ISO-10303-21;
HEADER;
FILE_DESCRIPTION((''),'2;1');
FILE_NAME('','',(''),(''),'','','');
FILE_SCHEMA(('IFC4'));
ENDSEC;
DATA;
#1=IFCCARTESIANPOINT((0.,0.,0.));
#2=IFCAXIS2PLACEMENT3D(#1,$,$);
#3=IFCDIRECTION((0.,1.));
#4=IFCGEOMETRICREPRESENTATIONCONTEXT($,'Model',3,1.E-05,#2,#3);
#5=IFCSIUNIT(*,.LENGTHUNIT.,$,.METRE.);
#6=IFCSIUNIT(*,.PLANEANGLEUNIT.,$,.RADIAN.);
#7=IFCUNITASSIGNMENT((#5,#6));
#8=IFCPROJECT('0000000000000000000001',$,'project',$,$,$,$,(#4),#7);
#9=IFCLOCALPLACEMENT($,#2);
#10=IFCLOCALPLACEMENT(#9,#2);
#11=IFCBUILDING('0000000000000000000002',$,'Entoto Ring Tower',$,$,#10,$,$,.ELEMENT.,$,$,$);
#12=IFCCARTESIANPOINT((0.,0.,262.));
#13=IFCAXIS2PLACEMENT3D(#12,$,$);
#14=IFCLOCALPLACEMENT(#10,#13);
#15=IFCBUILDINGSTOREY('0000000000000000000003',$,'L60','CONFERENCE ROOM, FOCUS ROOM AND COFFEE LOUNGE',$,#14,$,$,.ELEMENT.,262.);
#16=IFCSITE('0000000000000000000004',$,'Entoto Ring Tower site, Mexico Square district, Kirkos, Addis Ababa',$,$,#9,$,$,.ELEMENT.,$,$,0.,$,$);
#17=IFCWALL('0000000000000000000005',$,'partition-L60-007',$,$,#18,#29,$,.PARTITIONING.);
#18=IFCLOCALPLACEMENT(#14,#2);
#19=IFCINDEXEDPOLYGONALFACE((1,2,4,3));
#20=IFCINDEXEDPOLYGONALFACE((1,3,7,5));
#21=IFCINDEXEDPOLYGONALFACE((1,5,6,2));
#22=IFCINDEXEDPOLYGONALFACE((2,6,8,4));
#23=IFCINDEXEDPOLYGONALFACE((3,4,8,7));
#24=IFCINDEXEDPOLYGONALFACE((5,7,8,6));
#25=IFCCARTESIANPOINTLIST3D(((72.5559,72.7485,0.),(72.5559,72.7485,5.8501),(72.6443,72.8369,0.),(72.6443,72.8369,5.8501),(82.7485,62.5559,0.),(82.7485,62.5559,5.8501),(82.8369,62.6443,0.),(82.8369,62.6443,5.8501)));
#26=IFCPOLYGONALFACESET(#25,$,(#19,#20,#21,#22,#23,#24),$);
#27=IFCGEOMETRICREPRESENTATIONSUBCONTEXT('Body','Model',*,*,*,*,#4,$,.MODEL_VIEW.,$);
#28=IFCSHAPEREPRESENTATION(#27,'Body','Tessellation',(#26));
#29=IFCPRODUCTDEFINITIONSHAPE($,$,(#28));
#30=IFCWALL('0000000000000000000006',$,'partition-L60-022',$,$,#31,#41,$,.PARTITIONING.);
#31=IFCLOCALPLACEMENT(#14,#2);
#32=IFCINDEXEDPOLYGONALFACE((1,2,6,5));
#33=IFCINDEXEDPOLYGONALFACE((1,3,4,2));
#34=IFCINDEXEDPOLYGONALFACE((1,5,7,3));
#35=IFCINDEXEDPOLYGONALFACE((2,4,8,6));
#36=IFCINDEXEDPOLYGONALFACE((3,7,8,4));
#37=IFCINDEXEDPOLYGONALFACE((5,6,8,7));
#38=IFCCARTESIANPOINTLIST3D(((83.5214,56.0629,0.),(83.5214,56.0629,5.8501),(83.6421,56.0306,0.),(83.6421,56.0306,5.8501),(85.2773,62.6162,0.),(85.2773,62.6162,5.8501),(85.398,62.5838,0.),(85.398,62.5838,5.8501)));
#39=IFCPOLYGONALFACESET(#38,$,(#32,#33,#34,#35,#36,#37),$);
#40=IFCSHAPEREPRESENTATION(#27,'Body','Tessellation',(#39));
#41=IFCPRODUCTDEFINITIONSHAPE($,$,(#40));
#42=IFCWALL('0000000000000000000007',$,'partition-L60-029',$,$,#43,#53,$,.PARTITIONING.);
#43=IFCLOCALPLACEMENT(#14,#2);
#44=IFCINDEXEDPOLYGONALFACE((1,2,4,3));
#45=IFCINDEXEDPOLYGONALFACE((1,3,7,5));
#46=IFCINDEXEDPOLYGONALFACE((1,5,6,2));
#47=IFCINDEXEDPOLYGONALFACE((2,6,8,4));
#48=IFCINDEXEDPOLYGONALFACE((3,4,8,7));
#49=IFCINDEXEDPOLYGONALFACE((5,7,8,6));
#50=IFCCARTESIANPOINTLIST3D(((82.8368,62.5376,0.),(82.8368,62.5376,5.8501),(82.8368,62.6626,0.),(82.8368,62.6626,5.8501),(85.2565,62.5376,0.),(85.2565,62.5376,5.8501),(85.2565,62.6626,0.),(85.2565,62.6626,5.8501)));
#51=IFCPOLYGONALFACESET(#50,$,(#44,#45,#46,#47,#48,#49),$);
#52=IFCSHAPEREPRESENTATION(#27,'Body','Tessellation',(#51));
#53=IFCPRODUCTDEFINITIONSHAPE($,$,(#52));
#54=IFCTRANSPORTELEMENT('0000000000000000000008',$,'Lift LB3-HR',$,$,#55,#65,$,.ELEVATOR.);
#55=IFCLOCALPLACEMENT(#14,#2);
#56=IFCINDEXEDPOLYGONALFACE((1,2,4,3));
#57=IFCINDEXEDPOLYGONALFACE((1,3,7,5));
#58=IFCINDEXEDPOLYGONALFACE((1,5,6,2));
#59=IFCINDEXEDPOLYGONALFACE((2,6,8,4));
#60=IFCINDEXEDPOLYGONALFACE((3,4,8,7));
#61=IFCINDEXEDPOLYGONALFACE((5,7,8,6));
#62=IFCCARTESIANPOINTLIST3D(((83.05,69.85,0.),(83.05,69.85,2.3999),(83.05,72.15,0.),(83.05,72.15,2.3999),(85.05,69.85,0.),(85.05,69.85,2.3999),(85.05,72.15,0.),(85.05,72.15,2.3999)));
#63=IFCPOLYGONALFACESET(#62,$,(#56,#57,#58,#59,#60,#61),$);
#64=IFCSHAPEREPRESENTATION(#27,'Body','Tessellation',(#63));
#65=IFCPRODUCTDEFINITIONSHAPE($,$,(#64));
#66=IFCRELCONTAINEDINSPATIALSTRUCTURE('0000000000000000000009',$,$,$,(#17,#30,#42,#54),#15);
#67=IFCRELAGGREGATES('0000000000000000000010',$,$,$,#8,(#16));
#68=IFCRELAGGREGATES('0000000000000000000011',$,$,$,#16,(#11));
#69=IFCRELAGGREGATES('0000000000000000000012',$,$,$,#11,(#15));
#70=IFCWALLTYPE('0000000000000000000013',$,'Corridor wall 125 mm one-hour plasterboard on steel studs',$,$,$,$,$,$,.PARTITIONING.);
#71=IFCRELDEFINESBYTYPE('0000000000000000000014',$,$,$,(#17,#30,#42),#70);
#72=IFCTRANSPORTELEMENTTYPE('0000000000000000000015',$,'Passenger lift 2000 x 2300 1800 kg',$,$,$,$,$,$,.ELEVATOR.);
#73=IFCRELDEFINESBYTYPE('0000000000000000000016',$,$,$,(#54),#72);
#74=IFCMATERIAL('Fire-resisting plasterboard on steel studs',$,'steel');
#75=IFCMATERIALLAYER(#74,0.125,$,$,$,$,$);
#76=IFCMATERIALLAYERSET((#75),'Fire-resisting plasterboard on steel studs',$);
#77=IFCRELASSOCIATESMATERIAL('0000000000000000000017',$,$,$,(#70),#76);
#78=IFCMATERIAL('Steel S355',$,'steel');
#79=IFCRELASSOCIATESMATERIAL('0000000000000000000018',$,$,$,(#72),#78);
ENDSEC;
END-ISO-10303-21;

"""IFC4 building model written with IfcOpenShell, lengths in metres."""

from ifc_helpers import new_model, si_unit, direction, frame, frame_2d, origin, origin_2d, place, context, subcontext, project, spatial, rectangle, extrude, material, layer, layer_set, type_object, element, save


model = new_model("IFC4")

# Units and contexts
model_context = context("Model", 3, precision=1e-05, world=origin(), true_north=direction((0.0, 1.0)))
body_context = subcontext(model_context, "Body", "Model", "MODEL_VIEW")
ifc_project = project(units=[si_unit("LENGTHUNIT", "METRE"), si_unit("PLANEANGLEUNIT", "RADIAN")], contexts=[model_context])

# Site, building, storey
site_placement = place(None, origin())
site = spatial("IfcSite", under=ifc_project, at=site_placement, Name="Entoto Ring Tower site, Mexico Square district, Kirkos, Addis Ababa", CompositionType="ELEMENT", RefElevation=0.0)
building_placement = place(site_placement, origin())
building = spatial("IfcBuilding", under=site, at=building_placement, Name="Entoto Ring Tower", CompositionType="ELEMENT")
storey_placement = place(building_placement, frame((0.0, 0.0, 262.0)))
storey = spatial("IfcBuildingStorey", under=building, at=storey_placement, Name="L60", Description="CONFERENCE ROOM, FOCUS ROOM AND COFFEE LOUNGE", CompositionType="ELEMENT", Elevation=262.0)

# Shared definitions
ifc_material_1 = material(Name="Fire-resisting plasterboard on steel studs", Category="steel")
ifc_layer_1 = layer(ifc_material_1, 0.125)
ifc_layer_set_1 = layer_set([ifc_layer_1], Name="Fire-resisting plasterboard on steel studs")
wall_type_1 = type_object("IfcWallType", Name="Corridor wall 125 mm one-hour plasterboard on steel studs", PredefinedType="PARTITIONING", material=ifc_layer_set_1)

# Walls
wall_1_placement = place(storey_placement, frame((82.7927, 62.6001, 0.0), z_axis=(0.0, 0.0, 1.0), x_axis=(-0.707107, 0.707107, 0.0)))
element("IfcWall", 1, at=wall_1_placement, inside=storey, type_object=wall_type_1, Name="partition-L60-007", PredefinedType="PARTITIONING", context=body_context, shape_type="SweptSolid", body=[
    extrude(rectangle(XDim=14.4146, YDim=0.125, at=frame_2d((7.2073, 0.0))), origin(), (0.0, 0.0, 1.0), 5.8501),
])
wall_2_placement = place(storey_placement, frame((83.5818, 56.0469, 0.0), z_axis=(0.0, 0.0, 1.0), x_axis=(0.258809, 0.965928, 0.0)))
element("IfcWall", 2, at=wall_2_placement, inside=storey, type_object=wall_type_1, Name="partition-L60-022", PredefinedType="PARTITIONING", context=body_context, shape_type="SweptSolid", body=[
    extrude(rectangle(XDim=6.7844, YDim=0.125, at=frame_2d((3.3921, 0.0))), origin(), (0.0, 0.0, 1.0), 5.8501),
])
wall_3_placement = place(storey_placement, frame((82.8367, 62.6001, 0.0), z_axis=(0.0, 0.0, 1.0), x_axis=(1.0, 0.0, 0.0)))
element("IfcWall", 3, at=wall_3_placement, inside=storey, type_object=wall_type_1, Name="partition-L60-029", PredefinedType="PARTITIONING", context=body_context, shape_type="SweptSolid", body=[
    extrude(rectangle(XDim=2.4197, YDim=0.125, at=frame_2d((1.21, 0.0))), origin(), (0.0, 0.0, 1.0), 5.8501),
])

# Transport element
ifc_material_2 = material(Name="Steel S355", Category="steel")
transport_element_type = type_object("IfcTransportElementType", Name="Passenger lift 2000 x 2300 1800 kg", PredefinedType="ELEVATOR", material=ifc_material_2)
transport_element_placement = place(storey_placement, frame((84.05, 71.0, 0.0), z_axis=(0.0, 0.0, 1.0), x_axis=(1.0, 0.0, 0.0)))
element("IfcTransportElement", 4, at=transport_element_placement, inside=storey, type_object=transport_element_type, Name="Lift LB3-HR", PredefinedType="ELEVATOR", context=body_context, shape_type="SweptSolid", body=[
    extrude(rectangle(XDim=2.0, YDim=2.3, at=origin_2d()), origin(), (0.0, 0.0, 1.0), 2.3999),
])

save(model, "model.ifc")
